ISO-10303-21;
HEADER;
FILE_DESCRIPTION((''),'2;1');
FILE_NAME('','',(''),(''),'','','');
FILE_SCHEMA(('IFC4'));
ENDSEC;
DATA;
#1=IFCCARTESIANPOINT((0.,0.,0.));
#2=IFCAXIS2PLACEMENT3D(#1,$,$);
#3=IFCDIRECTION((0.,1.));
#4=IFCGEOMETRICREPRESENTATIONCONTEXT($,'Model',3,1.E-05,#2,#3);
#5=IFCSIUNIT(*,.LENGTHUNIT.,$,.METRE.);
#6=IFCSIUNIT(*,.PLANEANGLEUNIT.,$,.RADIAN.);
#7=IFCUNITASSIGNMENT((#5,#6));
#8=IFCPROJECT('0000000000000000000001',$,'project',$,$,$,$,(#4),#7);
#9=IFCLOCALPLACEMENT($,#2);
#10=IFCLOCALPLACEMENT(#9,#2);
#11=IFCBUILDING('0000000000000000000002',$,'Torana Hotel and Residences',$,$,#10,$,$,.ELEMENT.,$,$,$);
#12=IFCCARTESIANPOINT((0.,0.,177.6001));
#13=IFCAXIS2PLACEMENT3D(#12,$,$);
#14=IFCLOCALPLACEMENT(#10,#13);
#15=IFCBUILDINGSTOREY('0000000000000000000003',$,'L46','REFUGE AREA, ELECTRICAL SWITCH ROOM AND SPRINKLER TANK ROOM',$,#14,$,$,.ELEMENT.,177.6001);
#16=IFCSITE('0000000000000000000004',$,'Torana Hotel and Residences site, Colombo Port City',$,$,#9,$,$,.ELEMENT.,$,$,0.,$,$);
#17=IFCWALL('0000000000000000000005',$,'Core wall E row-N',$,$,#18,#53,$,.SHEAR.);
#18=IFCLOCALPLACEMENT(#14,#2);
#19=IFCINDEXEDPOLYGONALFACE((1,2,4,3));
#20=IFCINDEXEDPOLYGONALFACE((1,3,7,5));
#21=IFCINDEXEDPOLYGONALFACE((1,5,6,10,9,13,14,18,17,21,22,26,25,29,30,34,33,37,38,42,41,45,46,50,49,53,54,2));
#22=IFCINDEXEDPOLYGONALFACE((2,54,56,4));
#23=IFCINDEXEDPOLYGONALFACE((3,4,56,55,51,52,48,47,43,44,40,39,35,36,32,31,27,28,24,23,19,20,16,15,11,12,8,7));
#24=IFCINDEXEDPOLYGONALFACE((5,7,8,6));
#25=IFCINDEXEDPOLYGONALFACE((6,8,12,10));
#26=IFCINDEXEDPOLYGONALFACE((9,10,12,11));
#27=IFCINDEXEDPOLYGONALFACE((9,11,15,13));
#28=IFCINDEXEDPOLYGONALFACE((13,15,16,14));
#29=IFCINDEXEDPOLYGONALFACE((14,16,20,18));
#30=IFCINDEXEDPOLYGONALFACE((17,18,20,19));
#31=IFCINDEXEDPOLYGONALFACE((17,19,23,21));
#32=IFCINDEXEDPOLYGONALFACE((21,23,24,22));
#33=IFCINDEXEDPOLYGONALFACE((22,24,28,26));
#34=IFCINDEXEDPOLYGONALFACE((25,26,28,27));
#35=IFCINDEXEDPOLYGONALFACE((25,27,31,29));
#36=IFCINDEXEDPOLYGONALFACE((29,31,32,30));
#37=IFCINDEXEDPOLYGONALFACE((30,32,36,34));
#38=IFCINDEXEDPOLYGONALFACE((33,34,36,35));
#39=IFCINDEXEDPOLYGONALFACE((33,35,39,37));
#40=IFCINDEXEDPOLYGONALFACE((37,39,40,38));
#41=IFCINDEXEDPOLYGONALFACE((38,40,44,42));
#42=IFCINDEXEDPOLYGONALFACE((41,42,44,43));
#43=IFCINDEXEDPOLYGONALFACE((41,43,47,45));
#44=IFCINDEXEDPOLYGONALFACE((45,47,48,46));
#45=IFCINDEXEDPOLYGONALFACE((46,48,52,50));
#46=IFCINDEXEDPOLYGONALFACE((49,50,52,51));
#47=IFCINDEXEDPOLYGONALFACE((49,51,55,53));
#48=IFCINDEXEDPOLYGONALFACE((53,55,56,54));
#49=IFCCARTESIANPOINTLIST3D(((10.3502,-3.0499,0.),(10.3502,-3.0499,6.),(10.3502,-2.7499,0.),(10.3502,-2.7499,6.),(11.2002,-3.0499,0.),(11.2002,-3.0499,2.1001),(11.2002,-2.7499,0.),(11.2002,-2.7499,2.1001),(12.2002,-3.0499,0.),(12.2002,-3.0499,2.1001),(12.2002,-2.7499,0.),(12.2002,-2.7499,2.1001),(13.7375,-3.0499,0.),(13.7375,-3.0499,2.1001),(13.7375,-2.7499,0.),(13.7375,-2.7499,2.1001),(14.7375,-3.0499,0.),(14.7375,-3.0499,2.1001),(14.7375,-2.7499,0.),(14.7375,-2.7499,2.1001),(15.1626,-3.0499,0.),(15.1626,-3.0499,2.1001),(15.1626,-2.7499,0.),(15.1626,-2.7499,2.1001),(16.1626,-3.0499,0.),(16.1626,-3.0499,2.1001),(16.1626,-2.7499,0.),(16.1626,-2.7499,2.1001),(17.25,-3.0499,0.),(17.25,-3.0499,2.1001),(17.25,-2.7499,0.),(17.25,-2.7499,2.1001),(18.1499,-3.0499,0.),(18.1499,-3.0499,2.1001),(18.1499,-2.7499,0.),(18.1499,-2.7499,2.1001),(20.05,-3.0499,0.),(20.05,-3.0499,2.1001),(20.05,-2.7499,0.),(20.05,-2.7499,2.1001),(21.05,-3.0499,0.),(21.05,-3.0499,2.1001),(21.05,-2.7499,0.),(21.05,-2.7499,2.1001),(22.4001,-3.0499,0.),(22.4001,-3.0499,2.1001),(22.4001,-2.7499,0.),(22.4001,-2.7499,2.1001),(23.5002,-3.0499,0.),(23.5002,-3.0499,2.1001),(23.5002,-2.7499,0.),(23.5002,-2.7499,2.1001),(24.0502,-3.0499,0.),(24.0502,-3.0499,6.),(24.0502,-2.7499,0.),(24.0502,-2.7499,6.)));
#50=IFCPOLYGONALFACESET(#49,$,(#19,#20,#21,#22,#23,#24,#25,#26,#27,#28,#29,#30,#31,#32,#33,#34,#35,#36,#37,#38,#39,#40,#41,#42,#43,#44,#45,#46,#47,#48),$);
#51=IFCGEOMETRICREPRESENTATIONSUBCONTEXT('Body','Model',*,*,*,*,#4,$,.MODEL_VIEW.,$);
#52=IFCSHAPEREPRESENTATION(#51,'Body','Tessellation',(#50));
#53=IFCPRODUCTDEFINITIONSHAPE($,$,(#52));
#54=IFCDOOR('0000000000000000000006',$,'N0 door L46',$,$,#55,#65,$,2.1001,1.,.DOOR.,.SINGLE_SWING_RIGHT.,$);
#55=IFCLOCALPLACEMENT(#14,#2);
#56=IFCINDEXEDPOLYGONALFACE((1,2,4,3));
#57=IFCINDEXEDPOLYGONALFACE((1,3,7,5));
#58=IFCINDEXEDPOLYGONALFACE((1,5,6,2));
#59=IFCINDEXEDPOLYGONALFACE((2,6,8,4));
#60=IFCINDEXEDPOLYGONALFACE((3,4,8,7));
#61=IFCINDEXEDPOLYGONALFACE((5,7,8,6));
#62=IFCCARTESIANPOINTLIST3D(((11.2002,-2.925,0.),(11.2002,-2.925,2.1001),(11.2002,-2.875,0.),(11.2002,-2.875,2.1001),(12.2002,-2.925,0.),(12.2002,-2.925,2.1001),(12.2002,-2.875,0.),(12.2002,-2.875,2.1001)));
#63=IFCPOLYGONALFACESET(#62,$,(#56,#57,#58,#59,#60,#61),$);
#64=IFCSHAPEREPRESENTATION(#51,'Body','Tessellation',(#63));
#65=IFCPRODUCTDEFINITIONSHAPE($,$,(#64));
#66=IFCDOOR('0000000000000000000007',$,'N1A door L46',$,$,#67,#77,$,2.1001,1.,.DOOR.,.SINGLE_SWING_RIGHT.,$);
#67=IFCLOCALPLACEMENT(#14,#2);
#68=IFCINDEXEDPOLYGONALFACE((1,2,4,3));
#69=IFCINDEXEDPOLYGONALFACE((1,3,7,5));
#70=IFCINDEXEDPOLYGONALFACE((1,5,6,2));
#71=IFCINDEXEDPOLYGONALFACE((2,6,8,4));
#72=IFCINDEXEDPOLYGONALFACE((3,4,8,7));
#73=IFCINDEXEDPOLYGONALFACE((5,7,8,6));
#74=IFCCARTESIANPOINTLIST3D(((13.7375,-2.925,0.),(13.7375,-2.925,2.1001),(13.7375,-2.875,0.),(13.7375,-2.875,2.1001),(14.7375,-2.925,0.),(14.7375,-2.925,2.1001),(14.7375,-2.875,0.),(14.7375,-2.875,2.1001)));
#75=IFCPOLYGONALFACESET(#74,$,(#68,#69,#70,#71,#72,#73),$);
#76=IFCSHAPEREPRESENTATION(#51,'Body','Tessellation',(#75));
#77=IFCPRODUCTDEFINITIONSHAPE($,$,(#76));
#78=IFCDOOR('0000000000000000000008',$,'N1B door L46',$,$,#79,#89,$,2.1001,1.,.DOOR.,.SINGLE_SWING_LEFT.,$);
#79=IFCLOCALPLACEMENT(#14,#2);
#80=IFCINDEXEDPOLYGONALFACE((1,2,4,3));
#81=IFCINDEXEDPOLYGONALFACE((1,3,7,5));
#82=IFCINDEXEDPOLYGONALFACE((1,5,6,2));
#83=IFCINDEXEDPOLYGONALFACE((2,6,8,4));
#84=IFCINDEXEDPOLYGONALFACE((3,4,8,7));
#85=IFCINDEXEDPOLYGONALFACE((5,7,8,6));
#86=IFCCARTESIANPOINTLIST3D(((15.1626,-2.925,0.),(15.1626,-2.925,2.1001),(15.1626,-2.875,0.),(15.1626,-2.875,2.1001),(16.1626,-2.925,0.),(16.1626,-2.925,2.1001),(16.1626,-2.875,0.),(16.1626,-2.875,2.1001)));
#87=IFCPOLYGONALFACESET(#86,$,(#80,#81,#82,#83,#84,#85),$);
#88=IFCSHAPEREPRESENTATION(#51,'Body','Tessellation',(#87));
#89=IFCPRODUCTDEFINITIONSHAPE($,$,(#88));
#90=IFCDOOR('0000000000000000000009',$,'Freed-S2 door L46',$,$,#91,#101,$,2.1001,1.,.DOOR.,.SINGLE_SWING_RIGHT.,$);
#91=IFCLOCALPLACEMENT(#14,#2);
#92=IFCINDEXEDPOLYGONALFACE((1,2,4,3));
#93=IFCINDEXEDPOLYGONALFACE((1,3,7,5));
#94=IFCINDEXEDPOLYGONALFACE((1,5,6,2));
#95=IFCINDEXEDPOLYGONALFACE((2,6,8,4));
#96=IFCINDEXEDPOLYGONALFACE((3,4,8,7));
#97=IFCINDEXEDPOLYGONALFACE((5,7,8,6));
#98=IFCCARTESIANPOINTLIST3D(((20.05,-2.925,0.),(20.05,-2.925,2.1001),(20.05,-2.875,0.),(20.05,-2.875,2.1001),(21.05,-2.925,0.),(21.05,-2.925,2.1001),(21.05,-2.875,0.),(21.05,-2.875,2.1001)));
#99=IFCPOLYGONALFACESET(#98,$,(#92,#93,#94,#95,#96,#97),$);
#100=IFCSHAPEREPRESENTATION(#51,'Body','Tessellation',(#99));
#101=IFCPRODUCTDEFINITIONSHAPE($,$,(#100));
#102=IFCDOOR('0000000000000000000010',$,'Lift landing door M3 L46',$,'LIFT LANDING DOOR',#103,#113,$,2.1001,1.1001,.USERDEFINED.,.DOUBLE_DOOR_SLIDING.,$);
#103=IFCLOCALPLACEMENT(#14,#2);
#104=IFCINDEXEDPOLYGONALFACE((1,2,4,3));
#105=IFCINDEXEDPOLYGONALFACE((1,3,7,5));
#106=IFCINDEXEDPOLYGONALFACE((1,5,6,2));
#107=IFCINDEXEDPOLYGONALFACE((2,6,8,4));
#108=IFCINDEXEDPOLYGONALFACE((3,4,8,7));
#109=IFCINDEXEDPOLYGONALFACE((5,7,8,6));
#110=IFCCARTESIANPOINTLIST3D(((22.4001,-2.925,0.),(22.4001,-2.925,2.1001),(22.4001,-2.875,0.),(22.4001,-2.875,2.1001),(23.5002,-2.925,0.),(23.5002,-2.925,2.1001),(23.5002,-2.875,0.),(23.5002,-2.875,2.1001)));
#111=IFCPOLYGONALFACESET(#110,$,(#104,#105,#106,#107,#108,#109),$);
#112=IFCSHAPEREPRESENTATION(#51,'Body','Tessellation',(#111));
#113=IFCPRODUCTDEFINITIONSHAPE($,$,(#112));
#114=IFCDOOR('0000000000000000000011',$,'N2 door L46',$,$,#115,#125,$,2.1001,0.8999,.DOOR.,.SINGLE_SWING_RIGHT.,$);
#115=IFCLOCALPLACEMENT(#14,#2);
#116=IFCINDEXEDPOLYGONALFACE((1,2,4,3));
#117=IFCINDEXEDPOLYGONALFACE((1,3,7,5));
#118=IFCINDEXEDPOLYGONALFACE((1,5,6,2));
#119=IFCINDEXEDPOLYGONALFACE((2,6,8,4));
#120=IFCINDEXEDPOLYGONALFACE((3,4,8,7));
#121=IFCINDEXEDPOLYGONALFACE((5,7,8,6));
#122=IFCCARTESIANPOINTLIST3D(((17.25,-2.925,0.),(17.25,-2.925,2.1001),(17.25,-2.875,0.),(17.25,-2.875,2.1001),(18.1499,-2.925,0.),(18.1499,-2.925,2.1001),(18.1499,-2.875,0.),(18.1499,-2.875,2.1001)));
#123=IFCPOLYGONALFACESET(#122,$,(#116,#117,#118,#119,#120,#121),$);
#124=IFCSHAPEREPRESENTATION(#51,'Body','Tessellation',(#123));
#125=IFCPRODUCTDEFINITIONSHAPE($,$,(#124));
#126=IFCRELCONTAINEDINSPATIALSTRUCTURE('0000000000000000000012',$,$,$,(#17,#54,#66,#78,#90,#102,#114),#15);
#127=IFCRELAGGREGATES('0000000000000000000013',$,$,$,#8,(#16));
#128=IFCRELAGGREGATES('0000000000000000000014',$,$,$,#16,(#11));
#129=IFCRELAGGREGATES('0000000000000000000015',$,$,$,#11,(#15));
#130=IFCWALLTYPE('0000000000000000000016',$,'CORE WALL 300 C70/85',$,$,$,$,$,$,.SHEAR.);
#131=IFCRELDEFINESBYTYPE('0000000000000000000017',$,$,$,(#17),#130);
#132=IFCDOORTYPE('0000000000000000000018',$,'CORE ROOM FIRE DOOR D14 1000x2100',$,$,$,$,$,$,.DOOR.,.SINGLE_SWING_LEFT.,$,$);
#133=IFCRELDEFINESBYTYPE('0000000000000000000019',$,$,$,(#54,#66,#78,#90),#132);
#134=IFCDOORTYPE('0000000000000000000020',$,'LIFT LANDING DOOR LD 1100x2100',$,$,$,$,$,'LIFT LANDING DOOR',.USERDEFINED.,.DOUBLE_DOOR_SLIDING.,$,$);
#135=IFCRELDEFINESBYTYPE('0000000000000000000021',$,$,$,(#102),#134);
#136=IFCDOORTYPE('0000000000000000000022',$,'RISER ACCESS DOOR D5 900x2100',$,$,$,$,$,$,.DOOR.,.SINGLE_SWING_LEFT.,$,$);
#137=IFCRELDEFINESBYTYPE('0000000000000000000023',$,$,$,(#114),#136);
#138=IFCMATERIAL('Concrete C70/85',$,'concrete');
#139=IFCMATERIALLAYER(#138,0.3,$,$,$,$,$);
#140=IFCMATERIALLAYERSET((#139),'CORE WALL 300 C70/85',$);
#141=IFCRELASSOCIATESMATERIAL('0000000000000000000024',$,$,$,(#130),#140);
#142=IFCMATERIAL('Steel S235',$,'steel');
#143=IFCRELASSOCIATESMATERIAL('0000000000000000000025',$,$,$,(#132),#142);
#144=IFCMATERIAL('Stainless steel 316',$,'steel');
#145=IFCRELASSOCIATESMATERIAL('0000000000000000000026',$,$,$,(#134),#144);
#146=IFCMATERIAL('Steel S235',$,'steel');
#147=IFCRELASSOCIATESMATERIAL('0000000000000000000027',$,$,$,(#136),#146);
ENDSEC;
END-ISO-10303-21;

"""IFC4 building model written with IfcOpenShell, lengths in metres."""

from ifc_helpers import new_model, si_unit, direction, frame, frame_2d, origin, place, context, subcontext, project, spatial, rectangle, extrude, material, layer, layer_set, type_object, element, fill, save


model = new_model("IFC4")

# Units and contexts
model_context = context("Model", 3, precision=1e-05, world=origin(), true_north=direction((0.0, 1.0)))
body_context = subcontext(model_context, "Body", "Model", "MODEL_VIEW")
ifc_project = project(units=[si_unit("LENGTHUNIT", "METRE"), si_unit("PLANEANGLEUNIT", "RADIAN")], contexts=[model_context])

# Site, building, storey
site_placement = place(None, origin())
site = spatial("IfcSite", under=ifc_project, at=site_placement, Name="Torana Hotel and Residences site, Colombo Port City", CompositionType="ELEMENT", RefElevation=0.0)
building_placement = place(site_placement, origin())
building = spatial("IfcBuilding", under=site, at=building_placement, Name="Torana Hotel and Residences", CompositionType="ELEMENT")
storey_placement = place(building_placement, frame((0.0, 0.0, 177.6001)))
storey = spatial("IfcBuildingStorey", under=building, at=storey_placement, Name="L46", Description="REFUGE AREA, ELECTRICAL SWITCH ROOM AND SPRINKLER TANK ROOM", CompositionType="ELEMENT", Elevation=177.6001)

# Wall, openings, doors
ifc_material_1 = material(Name="Concrete C70/85", Category="concrete")
ifc_layer = layer(ifc_material_1, 0.3)
ifc_layer_set = layer_set([ifc_layer], Name="CORE WALL 300 C70/85")
wall_type = type_object("IfcWallType", Name="CORE WALL 300 C70/85", PredefinedType="SHEAR", material=ifc_layer_set)
wall_1_placement = place(storey_placement, frame((10.3501, -2.8999, 0.0), z_axis=(0.0, 0.0, 1.0), x_axis=(1.0, 0.0, 0.0)))
wall_1 = element("IfcWall", 1, at=wall_1_placement, inside=storey, type_object=wall_type, Name="Core wall E row-N", PredefinedType="SHEAR", context=body_context, shape_type="SweptSolid", body=[
    extrude(rectangle(XDim=13.7, YDim=0.3, at=frame_2d((6.8501, 0.0))), origin(), (0.0, 0.0, 1.0), 6.0),
])
opening_1_placement = place(wall_1_placement, frame((12.05, 0.0, 0.0)))
opening_1 = element("IfcOpeningElement", 2, at=opening_1_placement, cuts=wall_1, PredefinedType="OPENING", context=body_context, shape_type="SweptSolid", body=[
    extrude(rectangle(XDim=1.1001, YDim=2.1001, at=frame_2d((0.55, 1.05))), frame((0.0, 0.1599, 0.0), z_axis=(0.0, -1.0, 0.0), x_axis=(1.0, 0.0, 0.0)), (0.0, 0.0, 1.0), 0.3201),
])
opening_2_placement = place(wall_1_placement, frame((6.8999, 0.0, 0.0)))
opening_2 = element("IfcOpeningElement", 3, at=opening_2_placement, cuts=wall_1, PredefinedType="OPENING", context=body_context, shape_type="SweptSolid", body=[
    extrude(rectangle(XDim=0.8999, YDim=2.1001, at=frame_2d((0.45, 1.05))), frame((0.0, 0.1599, 0.0), z_axis=(0.0, -1.0, 0.0), x_axis=(1.0, 0.0, 0.0)), (0.0, 0.0, 1.0), 0.3201),
])
opening_3_placement = place(wall_1_placement, frame((0.8501, 0.0, 0.0)))
opening_3 = element("IfcOpeningElement", 4, at=opening_3_placement, cuts=wall_1, PredefinedType="OPENING", context=body_context, shape_type="SweptSolid", body=[
    extrude(rectangle(XDim=1.0, YDim=2.1001, at=frame_2d((0.5, 1.05))), frame((0.0, 0.1599, 0.0), z_axis=(0.0, -1.0, 0.0), x_axis=(1.0, 0.0, 0.0)), (0.0, 0.0, 1.0), 0.3201),
])
opening_4_placement = place(wall_1_placement, frame((3.3875, 0.0, 0.0)))
opening_4 = element("IfcOpeningElement", 5, at=opening_4_placement, cuts=wall_1, PredefinedType="OPENING", context=body_context, shape_type="SweptSolid", body=[
    extrude(rectangle(XDim=1.0, YDim=2.1001, at=frame_2d((0.5, 1.05))), frame((0.0, 0.1599, 0.0), z_axis=(0.0, -1.0, 0.0), x_axis=(1.0, 0.0, 0.0)), (0.0, 0.0, 1.0), 0.3201),
])
opening_5_placement = place(wall_1_placement, frame((4.8125, 0.0, 0.0)))
opening_5 = element("IfcOpeningElement", 6, at=opening_5_placement, cuts=wall_1, PredefinedType="OPENING", context=body_context, shape_type="SweptSolid", body=[
    extrude(rectangle(XDim=1.0, YDim=2.1001, at=frame_2d((0.5, 1.05))), frame((0.0, 0.1599, 0.0), z_axis=(0.0, -1.0, 0.0), x_axis=(1.0, 0.0, 0.0)), (0.0, 0.0, 1.0), 0.3201),
])
opening_6_placement = place(wall_1_placement, frame((9.7, 0.0, 0.0)))
opening_6 = element("IfcOpeningElement", 7, at=opening_6_placement, cuts=wall_1, PredefinedType="OPENING", context=body_context, shape_type="SweptSolid", body=[
    extrude(rectangle(XDim=1.0, YDim=2.1001, at=frame_2d((0.5, 1.05))), frame((0.0, 0.1599, 0.0), z_axis=(0.0, -1.0, 0.0), x_axis=(1.0, 0.0, 0.0)), (0.0, 0.0, 1.0), 0.3201),
])
ifc_material_2 = material(Name="Steel S235", Category="steel")
door_type_1 = type_object("IfcDoorType", Name="CORE ROOM FIRE DOOR D14 1000x2100", OperationType="SINGLE_SWING_LEFT", PredefinedType="DOOR", material=ifc_material_2)
door_1_placement = place(opening_3_placement, origin())
door_1 = element("IfcDoor", 8, at=door_1_placement, inside=storey, type_object=door_type_1, Name="N0 door L46", OperationType="SINGLE_SWING_RIGHT", OverallHeight=2.1001, OverallWidth=1.0, PredefinedType="DOOR", context=body_context, shape_type="SweptSolid", body=[
    extrude(rectangle(XDim=1.0, YDim=2.1001, at=frame_2d((0.5, 1.05))), frame((0.0, 0.0249, 0.0), z_axis=(0.0, -1.0, 0.0), x_axis=(1.0, 0.0, 0.0)), (0.0, 0.0, 1.0), 0.05),
])
fill(opening_3, door_1)
door_2_placement = place(opening_4_placement, origin())
door_2 = element("IfcDoor", 9, at=door_2_placement, inside=storey, type_object=door_type_1, Name="N1A door L46", OperationType="SINGLE_SWING_RIGHT", OverallHeight=2.1001, OverallWidth=1.0, PredefinedType="DOOR", context=body_context, shape_type="SweptSolid", body=[
    extrude(rectangle(XDim=1.0, YDim=2.1001, at=frame_2d((0.5, 1.05))), frame((0.0, 0.0249, 0.0), z_axis=(0.0, -1.0, 0.0), x_axis=(1.0, 0.0, 0.0)), (0.0, 0.0, 1.0), 0.05),
])
fill(opening_4, door_2)
door_3_placement = place(opening_5_placement, origin())
door_3 = element("IfcDoor", 10, at=door_3_placement, inside=storey, type_object=door_type_1, Name="N1B door L46", OperationType="SINGLE_SWING_LEFT", OverallHeight=2.1001, OverallWidth=1.0, PredefinedType="DOOR", context=body_context, shape_type="SweptSolid", body=[
    extrude(rectangle(XDim=1.0, YDim=2.1001, at=frame_2d((0.5, 1.05))), frame((0.0, 0.0249, 0.0), z_axis=(0.0, -1.0, 0.0), x_axis=(1.0, 0.0, 0.0)), (0.0, 0.0, 1.0), 0.05),
])
fill(opening_5, door_3)
door_4_placement = place(opening_6_placement, origin())
door_4 = element("IfcDoor", 11, at=door_4_placement, inside=storey, type_object=door_type_1, Name="Freed-S2 door L46", OperationType="SINGLE_SWING_RIGHT", OverallHeight=2.1001, OverallWidth=1.0, PredefinedType="DOOR", context=body_context, shape_type="SweptSolid", body=[
    extrude(rectangle(XDim=1.0, YDim=2.1001, at=frame_2d((0.5, 1.05))), frame((0.0, 0.0249, 0.0), z_axis=(0.0, -1.0, 0.0), x_axis=(1.0, 0.0, 0.0)), (0.0, 0.0, 1.0), 0.05),
])
fill(opening_6, door_4)
ifc_material_3 = material(Name="Stainless steel 316", Category="steel")
door_type_2 = type_object("IfcDoorType", Name="LIFT LANDING DOOR LD 1100x2100", ElementType="LIFT LANDING DOOR", OperationType="DOUBLE_DOOR_SLIDING", PredefinedType="USERDEFINED", material=ifc_material_3)
door_5_placement = place(opening_1_placement, origin())
door_5 = element("IfcDoor", 12, at=door_5_placement, inside=storey, type_object=door_type_2, Name="Lift landing door M3 L46", ObjectType="LIFT LANDING DOOR", OperationType="DOUBLE_DOOR_SLIDING", OverallHeight=2.1001, OverallWidth=1.1001, PredefinedType="USERDEFINED", context=body_context, shape_type="SweptSolid", body=[
    extrude(rectangle(XDim=1.1001, YDim=2.1001, at=frame_2d((0.55, 1.05))), frame((0.0, 0.0249, 0.0), z_axis=(0.0, -1.0, 0.0), x_axis=(1.0, 0.0, 0.0)), (0.0, 0.0, 1.0), 0.05),
])
fill(opening_1, door_5)
ifc_material_4 = material(Name="Steel S235", Category="steel")
door_type_3 = type_object("IfcDoorType", Name="RISER ACCESS DOOR D5 900x2100", OperationType="SINGLE_SWING_LEFT", PredefinedType="DOOR", material=ifc_material_4)
door_6_placement = place(opening_2_placement, origin())
door_6 = element("IfcDoor", 13, at=door_6_placement, inside=storey, type_object=door_type_3, Name="N2 door L46", OperationType="SINGLE_SWING_RIGHT", OverallHeight=2.1001, OverallWidth=0.8999, PredefinedType="DOOR", context=body_context, shape_type="SweptSolid", body=[
    extrude(rectangle(XDim=0.8999, YDim=2.1001, at=frame_2d((0.45, 1.05))), frame((0.0, 0.0249, 0.0), z_axis=(0.0, -1.0, 0.0), x_axis=(1.0, 0.0, 0.0)), (0.0, 0.0, 1.0), 0.05),
])
fill(opening_2, door_6)

save(model, "model.ifc")
